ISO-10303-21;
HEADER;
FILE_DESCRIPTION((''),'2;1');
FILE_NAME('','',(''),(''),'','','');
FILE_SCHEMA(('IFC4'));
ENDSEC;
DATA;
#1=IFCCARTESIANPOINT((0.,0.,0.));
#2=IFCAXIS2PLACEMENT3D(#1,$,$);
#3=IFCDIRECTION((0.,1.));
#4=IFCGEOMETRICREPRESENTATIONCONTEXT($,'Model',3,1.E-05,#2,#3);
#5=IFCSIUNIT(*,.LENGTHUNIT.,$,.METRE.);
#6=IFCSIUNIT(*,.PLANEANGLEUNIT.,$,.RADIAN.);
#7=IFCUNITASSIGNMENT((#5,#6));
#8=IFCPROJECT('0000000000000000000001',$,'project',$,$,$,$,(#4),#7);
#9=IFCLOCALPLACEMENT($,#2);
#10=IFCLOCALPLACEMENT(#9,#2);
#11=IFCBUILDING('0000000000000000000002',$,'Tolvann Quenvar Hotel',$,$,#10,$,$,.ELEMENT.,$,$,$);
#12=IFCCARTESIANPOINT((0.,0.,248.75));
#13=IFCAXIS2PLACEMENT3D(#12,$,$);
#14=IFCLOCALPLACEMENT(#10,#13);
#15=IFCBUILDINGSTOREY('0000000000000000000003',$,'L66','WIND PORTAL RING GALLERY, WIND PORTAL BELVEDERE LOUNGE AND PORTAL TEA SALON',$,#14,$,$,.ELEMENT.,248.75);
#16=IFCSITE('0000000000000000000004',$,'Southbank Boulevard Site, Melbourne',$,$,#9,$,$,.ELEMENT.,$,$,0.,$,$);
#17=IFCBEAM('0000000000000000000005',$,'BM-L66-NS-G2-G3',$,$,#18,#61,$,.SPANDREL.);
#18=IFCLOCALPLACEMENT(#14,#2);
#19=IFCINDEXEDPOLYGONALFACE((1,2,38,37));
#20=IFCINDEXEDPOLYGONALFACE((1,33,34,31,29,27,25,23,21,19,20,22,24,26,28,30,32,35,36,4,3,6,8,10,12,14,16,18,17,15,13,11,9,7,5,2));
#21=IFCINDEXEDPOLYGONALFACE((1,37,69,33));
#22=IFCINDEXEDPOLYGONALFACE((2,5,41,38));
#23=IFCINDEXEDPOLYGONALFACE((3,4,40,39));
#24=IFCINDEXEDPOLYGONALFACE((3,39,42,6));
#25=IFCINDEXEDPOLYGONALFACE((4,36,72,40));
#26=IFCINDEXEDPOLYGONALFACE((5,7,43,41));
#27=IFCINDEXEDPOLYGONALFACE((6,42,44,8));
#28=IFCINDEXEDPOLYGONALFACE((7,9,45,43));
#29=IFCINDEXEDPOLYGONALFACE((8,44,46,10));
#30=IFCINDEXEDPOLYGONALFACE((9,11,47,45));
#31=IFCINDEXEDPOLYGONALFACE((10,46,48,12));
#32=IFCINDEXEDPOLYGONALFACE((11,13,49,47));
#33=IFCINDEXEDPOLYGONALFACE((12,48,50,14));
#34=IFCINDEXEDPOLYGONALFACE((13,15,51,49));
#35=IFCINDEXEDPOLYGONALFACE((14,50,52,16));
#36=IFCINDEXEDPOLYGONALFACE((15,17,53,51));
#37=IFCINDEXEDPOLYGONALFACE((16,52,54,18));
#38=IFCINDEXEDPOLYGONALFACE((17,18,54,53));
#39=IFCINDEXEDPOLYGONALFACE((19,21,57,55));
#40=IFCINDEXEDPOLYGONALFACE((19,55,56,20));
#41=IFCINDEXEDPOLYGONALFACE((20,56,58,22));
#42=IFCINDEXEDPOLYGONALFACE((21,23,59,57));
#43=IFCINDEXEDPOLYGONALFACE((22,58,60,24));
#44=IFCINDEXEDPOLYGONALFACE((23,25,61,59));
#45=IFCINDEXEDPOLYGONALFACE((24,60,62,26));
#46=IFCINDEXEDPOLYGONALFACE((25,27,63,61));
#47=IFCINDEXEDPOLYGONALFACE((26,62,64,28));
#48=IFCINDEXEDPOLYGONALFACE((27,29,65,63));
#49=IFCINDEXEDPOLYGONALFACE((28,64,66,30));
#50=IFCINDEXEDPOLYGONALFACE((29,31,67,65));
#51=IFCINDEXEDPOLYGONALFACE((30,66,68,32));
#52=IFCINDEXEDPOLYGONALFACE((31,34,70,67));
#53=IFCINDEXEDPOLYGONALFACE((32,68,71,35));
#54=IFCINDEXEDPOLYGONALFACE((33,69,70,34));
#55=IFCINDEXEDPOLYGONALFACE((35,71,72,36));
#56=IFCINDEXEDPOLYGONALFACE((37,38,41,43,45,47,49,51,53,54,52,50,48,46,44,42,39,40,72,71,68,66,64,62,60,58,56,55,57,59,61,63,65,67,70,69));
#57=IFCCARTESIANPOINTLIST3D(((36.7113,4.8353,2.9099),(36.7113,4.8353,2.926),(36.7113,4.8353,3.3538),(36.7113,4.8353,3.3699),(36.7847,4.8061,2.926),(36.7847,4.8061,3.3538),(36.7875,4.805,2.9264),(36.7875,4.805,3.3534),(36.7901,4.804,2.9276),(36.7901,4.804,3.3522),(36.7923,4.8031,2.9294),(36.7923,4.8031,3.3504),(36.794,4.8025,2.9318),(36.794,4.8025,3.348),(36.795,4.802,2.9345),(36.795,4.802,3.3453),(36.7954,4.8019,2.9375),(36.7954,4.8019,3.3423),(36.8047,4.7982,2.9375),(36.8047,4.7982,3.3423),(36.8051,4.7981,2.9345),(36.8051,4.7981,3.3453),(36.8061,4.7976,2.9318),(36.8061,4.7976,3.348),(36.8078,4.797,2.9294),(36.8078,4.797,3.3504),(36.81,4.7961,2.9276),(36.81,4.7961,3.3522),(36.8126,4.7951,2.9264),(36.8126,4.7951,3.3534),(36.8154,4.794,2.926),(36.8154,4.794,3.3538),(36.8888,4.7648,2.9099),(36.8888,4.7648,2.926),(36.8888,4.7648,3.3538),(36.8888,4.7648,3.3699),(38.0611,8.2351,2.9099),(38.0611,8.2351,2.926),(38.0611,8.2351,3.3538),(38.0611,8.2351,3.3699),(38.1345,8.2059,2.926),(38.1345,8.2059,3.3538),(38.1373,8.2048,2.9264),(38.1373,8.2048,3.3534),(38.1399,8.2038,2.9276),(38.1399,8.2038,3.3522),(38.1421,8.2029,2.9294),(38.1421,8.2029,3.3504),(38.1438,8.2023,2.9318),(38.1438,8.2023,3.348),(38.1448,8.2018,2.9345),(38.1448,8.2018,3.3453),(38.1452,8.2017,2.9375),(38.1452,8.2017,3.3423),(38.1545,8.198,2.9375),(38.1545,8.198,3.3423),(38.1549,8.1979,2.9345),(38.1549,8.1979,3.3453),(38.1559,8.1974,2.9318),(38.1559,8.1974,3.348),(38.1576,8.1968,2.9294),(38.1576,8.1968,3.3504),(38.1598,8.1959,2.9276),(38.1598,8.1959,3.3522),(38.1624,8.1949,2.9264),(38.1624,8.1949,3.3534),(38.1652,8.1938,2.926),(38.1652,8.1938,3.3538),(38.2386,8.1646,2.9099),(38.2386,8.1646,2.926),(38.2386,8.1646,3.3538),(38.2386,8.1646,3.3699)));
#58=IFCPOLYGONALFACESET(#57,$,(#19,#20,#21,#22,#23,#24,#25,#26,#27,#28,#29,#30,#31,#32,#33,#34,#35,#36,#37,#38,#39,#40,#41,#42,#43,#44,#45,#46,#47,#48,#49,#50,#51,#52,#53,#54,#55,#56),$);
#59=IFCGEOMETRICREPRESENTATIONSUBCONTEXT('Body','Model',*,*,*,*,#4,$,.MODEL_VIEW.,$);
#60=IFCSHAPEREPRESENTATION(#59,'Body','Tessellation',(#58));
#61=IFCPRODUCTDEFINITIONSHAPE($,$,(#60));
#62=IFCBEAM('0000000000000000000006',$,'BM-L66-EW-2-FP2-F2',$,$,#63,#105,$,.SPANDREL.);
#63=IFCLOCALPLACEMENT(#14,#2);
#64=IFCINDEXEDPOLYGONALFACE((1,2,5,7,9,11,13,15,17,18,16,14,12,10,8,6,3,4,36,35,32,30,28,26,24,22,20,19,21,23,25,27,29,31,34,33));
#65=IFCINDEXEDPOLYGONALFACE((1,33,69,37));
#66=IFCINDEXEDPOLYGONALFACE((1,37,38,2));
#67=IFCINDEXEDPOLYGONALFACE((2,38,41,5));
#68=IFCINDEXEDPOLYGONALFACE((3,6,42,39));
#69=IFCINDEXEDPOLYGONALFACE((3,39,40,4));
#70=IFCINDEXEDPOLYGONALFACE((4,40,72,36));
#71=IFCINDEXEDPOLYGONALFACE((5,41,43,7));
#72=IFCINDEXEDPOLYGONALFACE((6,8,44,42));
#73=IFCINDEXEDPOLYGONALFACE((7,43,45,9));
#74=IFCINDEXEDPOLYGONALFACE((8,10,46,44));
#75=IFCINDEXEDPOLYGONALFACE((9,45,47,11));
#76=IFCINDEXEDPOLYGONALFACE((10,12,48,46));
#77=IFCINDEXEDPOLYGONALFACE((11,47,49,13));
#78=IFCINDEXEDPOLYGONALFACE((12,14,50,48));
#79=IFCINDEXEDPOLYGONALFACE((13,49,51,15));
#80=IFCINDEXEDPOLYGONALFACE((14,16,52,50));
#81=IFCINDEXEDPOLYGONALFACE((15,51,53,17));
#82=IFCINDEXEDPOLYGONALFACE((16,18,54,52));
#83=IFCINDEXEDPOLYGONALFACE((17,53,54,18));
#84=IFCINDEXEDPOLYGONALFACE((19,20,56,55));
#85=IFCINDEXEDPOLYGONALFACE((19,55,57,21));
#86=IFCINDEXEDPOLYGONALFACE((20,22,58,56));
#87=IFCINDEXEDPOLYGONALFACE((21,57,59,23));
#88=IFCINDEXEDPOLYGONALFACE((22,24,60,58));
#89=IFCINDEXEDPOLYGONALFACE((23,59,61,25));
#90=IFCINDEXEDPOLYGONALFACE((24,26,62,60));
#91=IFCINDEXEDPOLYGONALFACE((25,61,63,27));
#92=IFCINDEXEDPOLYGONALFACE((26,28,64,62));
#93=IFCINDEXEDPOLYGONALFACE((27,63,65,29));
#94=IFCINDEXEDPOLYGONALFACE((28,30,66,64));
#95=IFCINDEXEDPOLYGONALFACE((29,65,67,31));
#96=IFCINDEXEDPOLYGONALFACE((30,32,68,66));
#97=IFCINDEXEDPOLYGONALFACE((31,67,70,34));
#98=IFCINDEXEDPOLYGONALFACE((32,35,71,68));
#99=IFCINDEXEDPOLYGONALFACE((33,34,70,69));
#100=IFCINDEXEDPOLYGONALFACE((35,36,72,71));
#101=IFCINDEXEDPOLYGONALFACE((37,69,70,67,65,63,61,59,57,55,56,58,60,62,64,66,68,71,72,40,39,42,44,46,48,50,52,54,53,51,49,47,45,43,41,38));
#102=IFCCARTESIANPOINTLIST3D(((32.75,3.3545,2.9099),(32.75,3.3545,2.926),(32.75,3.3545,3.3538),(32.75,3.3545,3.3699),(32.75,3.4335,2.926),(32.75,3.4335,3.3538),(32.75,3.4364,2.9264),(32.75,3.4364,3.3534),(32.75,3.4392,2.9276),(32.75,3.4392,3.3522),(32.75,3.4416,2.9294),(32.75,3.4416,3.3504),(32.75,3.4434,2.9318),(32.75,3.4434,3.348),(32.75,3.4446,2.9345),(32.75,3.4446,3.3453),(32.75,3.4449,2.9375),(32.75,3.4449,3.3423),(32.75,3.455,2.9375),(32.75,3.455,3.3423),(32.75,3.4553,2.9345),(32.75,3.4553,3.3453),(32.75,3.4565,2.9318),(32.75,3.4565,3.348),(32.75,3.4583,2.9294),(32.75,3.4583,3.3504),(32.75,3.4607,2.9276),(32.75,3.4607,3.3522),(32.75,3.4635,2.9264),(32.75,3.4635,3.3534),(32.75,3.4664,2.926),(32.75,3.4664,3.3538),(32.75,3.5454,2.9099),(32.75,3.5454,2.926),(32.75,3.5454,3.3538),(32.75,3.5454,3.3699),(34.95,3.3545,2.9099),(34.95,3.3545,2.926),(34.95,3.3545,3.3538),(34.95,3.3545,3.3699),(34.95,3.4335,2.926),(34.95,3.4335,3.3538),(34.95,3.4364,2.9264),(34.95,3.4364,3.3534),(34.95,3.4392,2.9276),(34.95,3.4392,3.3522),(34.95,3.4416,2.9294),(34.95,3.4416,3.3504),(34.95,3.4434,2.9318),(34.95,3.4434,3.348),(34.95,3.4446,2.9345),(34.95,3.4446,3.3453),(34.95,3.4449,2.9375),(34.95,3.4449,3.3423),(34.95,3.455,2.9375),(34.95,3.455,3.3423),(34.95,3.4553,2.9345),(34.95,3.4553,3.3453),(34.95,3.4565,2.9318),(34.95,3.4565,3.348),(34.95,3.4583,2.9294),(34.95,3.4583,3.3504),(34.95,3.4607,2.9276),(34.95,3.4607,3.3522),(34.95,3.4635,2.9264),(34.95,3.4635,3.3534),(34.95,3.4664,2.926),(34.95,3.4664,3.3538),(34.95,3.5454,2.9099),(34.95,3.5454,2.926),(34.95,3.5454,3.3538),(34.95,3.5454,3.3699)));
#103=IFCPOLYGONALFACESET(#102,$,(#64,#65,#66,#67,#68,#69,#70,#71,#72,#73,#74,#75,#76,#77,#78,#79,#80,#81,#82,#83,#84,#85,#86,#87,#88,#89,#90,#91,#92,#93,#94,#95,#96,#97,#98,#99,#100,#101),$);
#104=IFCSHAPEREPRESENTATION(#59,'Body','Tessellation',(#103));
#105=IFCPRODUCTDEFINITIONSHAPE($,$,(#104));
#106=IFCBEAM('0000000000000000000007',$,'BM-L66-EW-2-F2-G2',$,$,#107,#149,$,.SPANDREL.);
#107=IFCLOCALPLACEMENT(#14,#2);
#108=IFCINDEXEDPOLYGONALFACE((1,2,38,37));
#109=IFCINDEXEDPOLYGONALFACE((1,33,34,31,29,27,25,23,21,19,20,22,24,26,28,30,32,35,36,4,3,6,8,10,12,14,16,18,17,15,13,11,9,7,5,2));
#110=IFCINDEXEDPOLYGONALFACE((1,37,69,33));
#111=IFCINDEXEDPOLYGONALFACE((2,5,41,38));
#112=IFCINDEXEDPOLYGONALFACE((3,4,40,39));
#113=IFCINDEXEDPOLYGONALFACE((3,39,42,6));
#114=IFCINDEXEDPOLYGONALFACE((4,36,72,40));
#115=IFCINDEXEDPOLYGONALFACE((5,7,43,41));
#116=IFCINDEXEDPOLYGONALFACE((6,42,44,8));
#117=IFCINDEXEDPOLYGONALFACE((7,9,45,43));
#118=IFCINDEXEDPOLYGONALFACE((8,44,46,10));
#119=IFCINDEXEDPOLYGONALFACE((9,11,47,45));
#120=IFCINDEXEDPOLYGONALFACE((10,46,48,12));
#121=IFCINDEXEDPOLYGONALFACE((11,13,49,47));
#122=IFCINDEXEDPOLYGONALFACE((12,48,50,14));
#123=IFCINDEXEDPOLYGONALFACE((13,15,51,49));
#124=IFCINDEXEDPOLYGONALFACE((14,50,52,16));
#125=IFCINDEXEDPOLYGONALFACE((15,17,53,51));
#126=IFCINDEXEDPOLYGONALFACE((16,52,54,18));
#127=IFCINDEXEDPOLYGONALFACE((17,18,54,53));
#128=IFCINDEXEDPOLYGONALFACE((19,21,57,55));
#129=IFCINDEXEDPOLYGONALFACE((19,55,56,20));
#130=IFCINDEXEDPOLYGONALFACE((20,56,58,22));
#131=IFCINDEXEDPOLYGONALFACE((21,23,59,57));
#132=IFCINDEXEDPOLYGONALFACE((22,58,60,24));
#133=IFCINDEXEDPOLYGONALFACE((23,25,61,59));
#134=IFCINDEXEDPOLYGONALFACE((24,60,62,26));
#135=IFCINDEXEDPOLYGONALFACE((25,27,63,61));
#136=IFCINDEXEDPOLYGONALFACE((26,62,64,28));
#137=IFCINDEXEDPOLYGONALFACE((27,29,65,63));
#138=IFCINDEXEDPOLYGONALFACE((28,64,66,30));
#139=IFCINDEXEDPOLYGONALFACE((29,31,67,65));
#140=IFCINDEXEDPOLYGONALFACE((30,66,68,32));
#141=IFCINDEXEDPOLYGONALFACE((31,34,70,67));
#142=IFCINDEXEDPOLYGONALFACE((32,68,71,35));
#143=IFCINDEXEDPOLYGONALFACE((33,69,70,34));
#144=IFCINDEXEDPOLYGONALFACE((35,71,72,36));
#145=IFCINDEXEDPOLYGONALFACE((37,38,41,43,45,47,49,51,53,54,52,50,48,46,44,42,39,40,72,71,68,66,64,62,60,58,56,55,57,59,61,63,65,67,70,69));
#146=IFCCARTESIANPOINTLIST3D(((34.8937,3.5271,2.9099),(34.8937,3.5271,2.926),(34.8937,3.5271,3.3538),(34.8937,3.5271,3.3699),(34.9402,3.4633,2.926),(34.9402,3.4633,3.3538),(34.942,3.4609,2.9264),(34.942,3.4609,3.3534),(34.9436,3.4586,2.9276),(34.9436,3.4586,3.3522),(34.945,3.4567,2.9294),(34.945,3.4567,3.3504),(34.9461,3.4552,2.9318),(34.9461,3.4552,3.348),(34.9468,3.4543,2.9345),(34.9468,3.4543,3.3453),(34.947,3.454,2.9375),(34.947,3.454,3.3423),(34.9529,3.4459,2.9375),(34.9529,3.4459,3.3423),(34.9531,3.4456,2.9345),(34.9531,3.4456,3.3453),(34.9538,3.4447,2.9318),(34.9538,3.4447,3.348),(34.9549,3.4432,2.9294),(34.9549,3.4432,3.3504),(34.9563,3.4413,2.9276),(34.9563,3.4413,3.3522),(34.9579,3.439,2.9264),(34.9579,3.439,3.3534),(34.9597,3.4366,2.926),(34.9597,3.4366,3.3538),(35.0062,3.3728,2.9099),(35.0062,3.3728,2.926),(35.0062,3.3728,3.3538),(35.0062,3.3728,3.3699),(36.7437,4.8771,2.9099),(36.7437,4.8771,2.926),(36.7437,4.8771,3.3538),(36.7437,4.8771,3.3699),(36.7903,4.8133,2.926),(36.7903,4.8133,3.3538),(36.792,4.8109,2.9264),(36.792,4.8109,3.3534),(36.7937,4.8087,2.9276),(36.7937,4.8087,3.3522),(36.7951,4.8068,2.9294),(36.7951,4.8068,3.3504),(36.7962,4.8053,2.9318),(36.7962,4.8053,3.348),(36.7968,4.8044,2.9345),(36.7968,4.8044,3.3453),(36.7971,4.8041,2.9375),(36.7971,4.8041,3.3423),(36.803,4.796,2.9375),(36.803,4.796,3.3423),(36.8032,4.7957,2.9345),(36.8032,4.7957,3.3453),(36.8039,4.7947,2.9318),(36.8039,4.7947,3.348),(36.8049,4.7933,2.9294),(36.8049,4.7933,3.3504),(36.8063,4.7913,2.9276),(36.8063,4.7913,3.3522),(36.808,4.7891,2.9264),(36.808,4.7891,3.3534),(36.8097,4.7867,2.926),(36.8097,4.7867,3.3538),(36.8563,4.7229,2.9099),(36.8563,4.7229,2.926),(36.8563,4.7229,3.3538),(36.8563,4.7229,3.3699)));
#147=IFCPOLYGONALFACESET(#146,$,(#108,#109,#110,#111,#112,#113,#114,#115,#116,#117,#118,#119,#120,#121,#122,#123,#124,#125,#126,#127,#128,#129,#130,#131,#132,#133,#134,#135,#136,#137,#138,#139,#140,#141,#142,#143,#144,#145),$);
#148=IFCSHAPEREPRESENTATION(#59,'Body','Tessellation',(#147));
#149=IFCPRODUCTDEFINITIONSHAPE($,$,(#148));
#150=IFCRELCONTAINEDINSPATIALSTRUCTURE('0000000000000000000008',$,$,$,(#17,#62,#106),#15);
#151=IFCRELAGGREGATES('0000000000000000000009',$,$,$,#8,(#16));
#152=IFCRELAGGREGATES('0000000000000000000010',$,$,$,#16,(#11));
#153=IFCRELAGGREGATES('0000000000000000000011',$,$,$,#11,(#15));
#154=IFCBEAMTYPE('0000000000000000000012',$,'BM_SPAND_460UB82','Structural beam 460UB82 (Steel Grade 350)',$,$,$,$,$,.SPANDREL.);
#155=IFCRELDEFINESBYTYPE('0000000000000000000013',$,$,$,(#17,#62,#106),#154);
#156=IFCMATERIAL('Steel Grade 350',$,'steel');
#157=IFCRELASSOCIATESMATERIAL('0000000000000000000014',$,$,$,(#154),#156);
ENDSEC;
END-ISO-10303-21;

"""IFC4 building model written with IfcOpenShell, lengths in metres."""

from ifc_helpers import new_model, si_unit, direction, frame, origin, origin_2d, place, context, subcontext, project, spatial, i_section, extrude, source, transform, mapped, material, material_profile, profile_set, type_object, type_shapes, element, save


model = new_model("IFC4")

# Units and contexts
model_context = context("Model", 3, precision=1e-05, world=origin(), true_north=direction((0.0, 1.0)))
body_context = subcontext(model_context, "Body", "Model", "MODEL_VIEW")
ifc_project = project(units=[si_unit("LENGTHUNIT", "METRE"), si_unit("PLANEANGLEUNIT", "RADIAN")], contexts=[model_context])

# Site, building, storey
site_placement = place(None, origin())
site = spatial("IfcSite", under=ifc_project, at=site_placement, Name="Southbank Boulevard Site, Melbourne", CompositionType="ELEMENT", RefElevation=0.0)
building_placement = place(site_placement, origin())
building = spatial("IfcBuilding", under=site, at=building_placement, Name="Tolvann Quenvar Hotel", CompositionType="ELEMENT")
storey_placement = place(building_placement, frame((0.0, 0.0, 248.75)))
storey = spatial("IfcBuildingStorey", under=building, at=storey_placement, Name="L66", Description="WIND PORTAL RING GALLERY, WIND PORTAL BELVEDERE LOUNGE AND PORTAL TEA SALON", CompositionType="ELEMENT", Elevation=248.75)

# Shared definitions
ifc_material_1 = material(Name="Steel Grade 350", Category="steel")

# Beams
ifc_material_profile_1 = material_profile(ifc_material_1, i_section(OverallWidth=0.1909, OverallDepth=0.46, WebThickness=0.01, FlangeThickness=0.0161, FilletRadius=0.0115, at=origin_2d()), Name="460UB82")
ifc_profile_set_1 = profile_set([ifc_material_profile_1], Name="Steel Grade 350")
beam_type_1 = type_object("IfcBeamType", Name="BM_SPAND_460UB82", Description="Structural beam 460UB82 (Steel Grade 350)", PredefinedType="SPANDREL", material=ifc_profile_set_1)
shared_shape_1 = source(origin(), body_context, "Body", "SweptSolid", [
    extrude(i_section(OverallWidth=0.1909, OverallDepth=0.46, WebThickness=0.01, FlangeThickness=0.0161, FilletRadius=0.0115, at=origin_2d()), origin(), (0.0, 0.0, 1.0), 3.658),
])
beam_1_placement = place(storey_placement, frame((36.8, 4.8, 3.1399), z_axis=(0.369008, 0.929426, 0.0), x_axis=(-0.929426, 0.369008, 0.0)))
element("IfcBeam", 1, at=beam_1_placement, inside=storey, type_object=beam_type_1, Name="BM-L66-NS-G2-G3", PredefinedType="SPANDREL", context=body_context, shape_type="MappedRepresentation", body=[
    mapped(shared_shape_1, transform((0.0, 0.0, 0.0), x_axis=(1.0, 0.0, 0.0), y_axis=(0.0, 1.0, 0.0), z_axis=(0.0, 0.0, 1.0), scale=1.0)),
])
shared_shape_2 = source(origin(), body_context, "Body", "SweptSolid", [
    extrude(i_section(OverallWidth=0.1909, OverallDepth=0.46, WebThickness=0.01, FlangeThickness=0.0161, FilletRadius=0.0115, at=origin_2d()), origin(), (0.0, 0.0, 1.0), 2.2),
])
beam_2_placement = place(storey_placement, frame((32.75, 3.45, 3.1399), z_axis=(1.0, 0.0, 0.0), x_axis=(0.0, 1.0, 0.0)))
element("IfcBeam", 2, at=beam_2_placement, inside=storey, type_object=beam_type_1, Name="BM-L66-EW-2-FP2-F2", PredefinedType="SPANDREL", context=body_context, shape_type="MappedRepresentation", body=[
    mapped(shared_shape_2, transform((0.0, 0.0, 0.0), x_axis=(1.0, 0.0, 0.0), y_axis=(0.0, 1.0, 0.0), z_axis=(0.0, 0.0, 1.0), scale=1.0)),
])
shared_shape_3 = source(origin(), body_context, "Body", "SweptSolid", [
    extrude(i_section(OverallWidth=0.1909, OverallDepth=0.46, WebThickness=0.01, FlangeThickness=0.0161, FilletRadius=0.0115, at=origin_2d()), origin(), (0.0, 0.0, 1.0), 2.2903),
])
type_shapes(beam_type_1, [shared_shape_1, shared_shape_2, shared_shape_3])
beam_3_placement = place(storey_placement, frame((34.95, 3.45, 3.1399), z_axis=(0.807785, 0.589477, 0.0), x_axis=(-0.589477, 0.807785, 0.0)))
element("IfcBeam", 3, at=beam_3_placement, inside=storey, type_object=beam_type_1, Name="BM-L66-EW-2-F2-G2", PredefinedType="SPANDREL", context=body_context, shape_type="MappedRepresentation", body=[
    mapped(shared_shape_3, transform((0.0, 0.0, 0.0), x_axis=(1.0, 0.0, 0.0), y_axis=(0.0, 1.0, 0.0), z_axis=(0.0, 0.0, 1.0), scale=1.0)),
])

save(model, "model.ifc")
